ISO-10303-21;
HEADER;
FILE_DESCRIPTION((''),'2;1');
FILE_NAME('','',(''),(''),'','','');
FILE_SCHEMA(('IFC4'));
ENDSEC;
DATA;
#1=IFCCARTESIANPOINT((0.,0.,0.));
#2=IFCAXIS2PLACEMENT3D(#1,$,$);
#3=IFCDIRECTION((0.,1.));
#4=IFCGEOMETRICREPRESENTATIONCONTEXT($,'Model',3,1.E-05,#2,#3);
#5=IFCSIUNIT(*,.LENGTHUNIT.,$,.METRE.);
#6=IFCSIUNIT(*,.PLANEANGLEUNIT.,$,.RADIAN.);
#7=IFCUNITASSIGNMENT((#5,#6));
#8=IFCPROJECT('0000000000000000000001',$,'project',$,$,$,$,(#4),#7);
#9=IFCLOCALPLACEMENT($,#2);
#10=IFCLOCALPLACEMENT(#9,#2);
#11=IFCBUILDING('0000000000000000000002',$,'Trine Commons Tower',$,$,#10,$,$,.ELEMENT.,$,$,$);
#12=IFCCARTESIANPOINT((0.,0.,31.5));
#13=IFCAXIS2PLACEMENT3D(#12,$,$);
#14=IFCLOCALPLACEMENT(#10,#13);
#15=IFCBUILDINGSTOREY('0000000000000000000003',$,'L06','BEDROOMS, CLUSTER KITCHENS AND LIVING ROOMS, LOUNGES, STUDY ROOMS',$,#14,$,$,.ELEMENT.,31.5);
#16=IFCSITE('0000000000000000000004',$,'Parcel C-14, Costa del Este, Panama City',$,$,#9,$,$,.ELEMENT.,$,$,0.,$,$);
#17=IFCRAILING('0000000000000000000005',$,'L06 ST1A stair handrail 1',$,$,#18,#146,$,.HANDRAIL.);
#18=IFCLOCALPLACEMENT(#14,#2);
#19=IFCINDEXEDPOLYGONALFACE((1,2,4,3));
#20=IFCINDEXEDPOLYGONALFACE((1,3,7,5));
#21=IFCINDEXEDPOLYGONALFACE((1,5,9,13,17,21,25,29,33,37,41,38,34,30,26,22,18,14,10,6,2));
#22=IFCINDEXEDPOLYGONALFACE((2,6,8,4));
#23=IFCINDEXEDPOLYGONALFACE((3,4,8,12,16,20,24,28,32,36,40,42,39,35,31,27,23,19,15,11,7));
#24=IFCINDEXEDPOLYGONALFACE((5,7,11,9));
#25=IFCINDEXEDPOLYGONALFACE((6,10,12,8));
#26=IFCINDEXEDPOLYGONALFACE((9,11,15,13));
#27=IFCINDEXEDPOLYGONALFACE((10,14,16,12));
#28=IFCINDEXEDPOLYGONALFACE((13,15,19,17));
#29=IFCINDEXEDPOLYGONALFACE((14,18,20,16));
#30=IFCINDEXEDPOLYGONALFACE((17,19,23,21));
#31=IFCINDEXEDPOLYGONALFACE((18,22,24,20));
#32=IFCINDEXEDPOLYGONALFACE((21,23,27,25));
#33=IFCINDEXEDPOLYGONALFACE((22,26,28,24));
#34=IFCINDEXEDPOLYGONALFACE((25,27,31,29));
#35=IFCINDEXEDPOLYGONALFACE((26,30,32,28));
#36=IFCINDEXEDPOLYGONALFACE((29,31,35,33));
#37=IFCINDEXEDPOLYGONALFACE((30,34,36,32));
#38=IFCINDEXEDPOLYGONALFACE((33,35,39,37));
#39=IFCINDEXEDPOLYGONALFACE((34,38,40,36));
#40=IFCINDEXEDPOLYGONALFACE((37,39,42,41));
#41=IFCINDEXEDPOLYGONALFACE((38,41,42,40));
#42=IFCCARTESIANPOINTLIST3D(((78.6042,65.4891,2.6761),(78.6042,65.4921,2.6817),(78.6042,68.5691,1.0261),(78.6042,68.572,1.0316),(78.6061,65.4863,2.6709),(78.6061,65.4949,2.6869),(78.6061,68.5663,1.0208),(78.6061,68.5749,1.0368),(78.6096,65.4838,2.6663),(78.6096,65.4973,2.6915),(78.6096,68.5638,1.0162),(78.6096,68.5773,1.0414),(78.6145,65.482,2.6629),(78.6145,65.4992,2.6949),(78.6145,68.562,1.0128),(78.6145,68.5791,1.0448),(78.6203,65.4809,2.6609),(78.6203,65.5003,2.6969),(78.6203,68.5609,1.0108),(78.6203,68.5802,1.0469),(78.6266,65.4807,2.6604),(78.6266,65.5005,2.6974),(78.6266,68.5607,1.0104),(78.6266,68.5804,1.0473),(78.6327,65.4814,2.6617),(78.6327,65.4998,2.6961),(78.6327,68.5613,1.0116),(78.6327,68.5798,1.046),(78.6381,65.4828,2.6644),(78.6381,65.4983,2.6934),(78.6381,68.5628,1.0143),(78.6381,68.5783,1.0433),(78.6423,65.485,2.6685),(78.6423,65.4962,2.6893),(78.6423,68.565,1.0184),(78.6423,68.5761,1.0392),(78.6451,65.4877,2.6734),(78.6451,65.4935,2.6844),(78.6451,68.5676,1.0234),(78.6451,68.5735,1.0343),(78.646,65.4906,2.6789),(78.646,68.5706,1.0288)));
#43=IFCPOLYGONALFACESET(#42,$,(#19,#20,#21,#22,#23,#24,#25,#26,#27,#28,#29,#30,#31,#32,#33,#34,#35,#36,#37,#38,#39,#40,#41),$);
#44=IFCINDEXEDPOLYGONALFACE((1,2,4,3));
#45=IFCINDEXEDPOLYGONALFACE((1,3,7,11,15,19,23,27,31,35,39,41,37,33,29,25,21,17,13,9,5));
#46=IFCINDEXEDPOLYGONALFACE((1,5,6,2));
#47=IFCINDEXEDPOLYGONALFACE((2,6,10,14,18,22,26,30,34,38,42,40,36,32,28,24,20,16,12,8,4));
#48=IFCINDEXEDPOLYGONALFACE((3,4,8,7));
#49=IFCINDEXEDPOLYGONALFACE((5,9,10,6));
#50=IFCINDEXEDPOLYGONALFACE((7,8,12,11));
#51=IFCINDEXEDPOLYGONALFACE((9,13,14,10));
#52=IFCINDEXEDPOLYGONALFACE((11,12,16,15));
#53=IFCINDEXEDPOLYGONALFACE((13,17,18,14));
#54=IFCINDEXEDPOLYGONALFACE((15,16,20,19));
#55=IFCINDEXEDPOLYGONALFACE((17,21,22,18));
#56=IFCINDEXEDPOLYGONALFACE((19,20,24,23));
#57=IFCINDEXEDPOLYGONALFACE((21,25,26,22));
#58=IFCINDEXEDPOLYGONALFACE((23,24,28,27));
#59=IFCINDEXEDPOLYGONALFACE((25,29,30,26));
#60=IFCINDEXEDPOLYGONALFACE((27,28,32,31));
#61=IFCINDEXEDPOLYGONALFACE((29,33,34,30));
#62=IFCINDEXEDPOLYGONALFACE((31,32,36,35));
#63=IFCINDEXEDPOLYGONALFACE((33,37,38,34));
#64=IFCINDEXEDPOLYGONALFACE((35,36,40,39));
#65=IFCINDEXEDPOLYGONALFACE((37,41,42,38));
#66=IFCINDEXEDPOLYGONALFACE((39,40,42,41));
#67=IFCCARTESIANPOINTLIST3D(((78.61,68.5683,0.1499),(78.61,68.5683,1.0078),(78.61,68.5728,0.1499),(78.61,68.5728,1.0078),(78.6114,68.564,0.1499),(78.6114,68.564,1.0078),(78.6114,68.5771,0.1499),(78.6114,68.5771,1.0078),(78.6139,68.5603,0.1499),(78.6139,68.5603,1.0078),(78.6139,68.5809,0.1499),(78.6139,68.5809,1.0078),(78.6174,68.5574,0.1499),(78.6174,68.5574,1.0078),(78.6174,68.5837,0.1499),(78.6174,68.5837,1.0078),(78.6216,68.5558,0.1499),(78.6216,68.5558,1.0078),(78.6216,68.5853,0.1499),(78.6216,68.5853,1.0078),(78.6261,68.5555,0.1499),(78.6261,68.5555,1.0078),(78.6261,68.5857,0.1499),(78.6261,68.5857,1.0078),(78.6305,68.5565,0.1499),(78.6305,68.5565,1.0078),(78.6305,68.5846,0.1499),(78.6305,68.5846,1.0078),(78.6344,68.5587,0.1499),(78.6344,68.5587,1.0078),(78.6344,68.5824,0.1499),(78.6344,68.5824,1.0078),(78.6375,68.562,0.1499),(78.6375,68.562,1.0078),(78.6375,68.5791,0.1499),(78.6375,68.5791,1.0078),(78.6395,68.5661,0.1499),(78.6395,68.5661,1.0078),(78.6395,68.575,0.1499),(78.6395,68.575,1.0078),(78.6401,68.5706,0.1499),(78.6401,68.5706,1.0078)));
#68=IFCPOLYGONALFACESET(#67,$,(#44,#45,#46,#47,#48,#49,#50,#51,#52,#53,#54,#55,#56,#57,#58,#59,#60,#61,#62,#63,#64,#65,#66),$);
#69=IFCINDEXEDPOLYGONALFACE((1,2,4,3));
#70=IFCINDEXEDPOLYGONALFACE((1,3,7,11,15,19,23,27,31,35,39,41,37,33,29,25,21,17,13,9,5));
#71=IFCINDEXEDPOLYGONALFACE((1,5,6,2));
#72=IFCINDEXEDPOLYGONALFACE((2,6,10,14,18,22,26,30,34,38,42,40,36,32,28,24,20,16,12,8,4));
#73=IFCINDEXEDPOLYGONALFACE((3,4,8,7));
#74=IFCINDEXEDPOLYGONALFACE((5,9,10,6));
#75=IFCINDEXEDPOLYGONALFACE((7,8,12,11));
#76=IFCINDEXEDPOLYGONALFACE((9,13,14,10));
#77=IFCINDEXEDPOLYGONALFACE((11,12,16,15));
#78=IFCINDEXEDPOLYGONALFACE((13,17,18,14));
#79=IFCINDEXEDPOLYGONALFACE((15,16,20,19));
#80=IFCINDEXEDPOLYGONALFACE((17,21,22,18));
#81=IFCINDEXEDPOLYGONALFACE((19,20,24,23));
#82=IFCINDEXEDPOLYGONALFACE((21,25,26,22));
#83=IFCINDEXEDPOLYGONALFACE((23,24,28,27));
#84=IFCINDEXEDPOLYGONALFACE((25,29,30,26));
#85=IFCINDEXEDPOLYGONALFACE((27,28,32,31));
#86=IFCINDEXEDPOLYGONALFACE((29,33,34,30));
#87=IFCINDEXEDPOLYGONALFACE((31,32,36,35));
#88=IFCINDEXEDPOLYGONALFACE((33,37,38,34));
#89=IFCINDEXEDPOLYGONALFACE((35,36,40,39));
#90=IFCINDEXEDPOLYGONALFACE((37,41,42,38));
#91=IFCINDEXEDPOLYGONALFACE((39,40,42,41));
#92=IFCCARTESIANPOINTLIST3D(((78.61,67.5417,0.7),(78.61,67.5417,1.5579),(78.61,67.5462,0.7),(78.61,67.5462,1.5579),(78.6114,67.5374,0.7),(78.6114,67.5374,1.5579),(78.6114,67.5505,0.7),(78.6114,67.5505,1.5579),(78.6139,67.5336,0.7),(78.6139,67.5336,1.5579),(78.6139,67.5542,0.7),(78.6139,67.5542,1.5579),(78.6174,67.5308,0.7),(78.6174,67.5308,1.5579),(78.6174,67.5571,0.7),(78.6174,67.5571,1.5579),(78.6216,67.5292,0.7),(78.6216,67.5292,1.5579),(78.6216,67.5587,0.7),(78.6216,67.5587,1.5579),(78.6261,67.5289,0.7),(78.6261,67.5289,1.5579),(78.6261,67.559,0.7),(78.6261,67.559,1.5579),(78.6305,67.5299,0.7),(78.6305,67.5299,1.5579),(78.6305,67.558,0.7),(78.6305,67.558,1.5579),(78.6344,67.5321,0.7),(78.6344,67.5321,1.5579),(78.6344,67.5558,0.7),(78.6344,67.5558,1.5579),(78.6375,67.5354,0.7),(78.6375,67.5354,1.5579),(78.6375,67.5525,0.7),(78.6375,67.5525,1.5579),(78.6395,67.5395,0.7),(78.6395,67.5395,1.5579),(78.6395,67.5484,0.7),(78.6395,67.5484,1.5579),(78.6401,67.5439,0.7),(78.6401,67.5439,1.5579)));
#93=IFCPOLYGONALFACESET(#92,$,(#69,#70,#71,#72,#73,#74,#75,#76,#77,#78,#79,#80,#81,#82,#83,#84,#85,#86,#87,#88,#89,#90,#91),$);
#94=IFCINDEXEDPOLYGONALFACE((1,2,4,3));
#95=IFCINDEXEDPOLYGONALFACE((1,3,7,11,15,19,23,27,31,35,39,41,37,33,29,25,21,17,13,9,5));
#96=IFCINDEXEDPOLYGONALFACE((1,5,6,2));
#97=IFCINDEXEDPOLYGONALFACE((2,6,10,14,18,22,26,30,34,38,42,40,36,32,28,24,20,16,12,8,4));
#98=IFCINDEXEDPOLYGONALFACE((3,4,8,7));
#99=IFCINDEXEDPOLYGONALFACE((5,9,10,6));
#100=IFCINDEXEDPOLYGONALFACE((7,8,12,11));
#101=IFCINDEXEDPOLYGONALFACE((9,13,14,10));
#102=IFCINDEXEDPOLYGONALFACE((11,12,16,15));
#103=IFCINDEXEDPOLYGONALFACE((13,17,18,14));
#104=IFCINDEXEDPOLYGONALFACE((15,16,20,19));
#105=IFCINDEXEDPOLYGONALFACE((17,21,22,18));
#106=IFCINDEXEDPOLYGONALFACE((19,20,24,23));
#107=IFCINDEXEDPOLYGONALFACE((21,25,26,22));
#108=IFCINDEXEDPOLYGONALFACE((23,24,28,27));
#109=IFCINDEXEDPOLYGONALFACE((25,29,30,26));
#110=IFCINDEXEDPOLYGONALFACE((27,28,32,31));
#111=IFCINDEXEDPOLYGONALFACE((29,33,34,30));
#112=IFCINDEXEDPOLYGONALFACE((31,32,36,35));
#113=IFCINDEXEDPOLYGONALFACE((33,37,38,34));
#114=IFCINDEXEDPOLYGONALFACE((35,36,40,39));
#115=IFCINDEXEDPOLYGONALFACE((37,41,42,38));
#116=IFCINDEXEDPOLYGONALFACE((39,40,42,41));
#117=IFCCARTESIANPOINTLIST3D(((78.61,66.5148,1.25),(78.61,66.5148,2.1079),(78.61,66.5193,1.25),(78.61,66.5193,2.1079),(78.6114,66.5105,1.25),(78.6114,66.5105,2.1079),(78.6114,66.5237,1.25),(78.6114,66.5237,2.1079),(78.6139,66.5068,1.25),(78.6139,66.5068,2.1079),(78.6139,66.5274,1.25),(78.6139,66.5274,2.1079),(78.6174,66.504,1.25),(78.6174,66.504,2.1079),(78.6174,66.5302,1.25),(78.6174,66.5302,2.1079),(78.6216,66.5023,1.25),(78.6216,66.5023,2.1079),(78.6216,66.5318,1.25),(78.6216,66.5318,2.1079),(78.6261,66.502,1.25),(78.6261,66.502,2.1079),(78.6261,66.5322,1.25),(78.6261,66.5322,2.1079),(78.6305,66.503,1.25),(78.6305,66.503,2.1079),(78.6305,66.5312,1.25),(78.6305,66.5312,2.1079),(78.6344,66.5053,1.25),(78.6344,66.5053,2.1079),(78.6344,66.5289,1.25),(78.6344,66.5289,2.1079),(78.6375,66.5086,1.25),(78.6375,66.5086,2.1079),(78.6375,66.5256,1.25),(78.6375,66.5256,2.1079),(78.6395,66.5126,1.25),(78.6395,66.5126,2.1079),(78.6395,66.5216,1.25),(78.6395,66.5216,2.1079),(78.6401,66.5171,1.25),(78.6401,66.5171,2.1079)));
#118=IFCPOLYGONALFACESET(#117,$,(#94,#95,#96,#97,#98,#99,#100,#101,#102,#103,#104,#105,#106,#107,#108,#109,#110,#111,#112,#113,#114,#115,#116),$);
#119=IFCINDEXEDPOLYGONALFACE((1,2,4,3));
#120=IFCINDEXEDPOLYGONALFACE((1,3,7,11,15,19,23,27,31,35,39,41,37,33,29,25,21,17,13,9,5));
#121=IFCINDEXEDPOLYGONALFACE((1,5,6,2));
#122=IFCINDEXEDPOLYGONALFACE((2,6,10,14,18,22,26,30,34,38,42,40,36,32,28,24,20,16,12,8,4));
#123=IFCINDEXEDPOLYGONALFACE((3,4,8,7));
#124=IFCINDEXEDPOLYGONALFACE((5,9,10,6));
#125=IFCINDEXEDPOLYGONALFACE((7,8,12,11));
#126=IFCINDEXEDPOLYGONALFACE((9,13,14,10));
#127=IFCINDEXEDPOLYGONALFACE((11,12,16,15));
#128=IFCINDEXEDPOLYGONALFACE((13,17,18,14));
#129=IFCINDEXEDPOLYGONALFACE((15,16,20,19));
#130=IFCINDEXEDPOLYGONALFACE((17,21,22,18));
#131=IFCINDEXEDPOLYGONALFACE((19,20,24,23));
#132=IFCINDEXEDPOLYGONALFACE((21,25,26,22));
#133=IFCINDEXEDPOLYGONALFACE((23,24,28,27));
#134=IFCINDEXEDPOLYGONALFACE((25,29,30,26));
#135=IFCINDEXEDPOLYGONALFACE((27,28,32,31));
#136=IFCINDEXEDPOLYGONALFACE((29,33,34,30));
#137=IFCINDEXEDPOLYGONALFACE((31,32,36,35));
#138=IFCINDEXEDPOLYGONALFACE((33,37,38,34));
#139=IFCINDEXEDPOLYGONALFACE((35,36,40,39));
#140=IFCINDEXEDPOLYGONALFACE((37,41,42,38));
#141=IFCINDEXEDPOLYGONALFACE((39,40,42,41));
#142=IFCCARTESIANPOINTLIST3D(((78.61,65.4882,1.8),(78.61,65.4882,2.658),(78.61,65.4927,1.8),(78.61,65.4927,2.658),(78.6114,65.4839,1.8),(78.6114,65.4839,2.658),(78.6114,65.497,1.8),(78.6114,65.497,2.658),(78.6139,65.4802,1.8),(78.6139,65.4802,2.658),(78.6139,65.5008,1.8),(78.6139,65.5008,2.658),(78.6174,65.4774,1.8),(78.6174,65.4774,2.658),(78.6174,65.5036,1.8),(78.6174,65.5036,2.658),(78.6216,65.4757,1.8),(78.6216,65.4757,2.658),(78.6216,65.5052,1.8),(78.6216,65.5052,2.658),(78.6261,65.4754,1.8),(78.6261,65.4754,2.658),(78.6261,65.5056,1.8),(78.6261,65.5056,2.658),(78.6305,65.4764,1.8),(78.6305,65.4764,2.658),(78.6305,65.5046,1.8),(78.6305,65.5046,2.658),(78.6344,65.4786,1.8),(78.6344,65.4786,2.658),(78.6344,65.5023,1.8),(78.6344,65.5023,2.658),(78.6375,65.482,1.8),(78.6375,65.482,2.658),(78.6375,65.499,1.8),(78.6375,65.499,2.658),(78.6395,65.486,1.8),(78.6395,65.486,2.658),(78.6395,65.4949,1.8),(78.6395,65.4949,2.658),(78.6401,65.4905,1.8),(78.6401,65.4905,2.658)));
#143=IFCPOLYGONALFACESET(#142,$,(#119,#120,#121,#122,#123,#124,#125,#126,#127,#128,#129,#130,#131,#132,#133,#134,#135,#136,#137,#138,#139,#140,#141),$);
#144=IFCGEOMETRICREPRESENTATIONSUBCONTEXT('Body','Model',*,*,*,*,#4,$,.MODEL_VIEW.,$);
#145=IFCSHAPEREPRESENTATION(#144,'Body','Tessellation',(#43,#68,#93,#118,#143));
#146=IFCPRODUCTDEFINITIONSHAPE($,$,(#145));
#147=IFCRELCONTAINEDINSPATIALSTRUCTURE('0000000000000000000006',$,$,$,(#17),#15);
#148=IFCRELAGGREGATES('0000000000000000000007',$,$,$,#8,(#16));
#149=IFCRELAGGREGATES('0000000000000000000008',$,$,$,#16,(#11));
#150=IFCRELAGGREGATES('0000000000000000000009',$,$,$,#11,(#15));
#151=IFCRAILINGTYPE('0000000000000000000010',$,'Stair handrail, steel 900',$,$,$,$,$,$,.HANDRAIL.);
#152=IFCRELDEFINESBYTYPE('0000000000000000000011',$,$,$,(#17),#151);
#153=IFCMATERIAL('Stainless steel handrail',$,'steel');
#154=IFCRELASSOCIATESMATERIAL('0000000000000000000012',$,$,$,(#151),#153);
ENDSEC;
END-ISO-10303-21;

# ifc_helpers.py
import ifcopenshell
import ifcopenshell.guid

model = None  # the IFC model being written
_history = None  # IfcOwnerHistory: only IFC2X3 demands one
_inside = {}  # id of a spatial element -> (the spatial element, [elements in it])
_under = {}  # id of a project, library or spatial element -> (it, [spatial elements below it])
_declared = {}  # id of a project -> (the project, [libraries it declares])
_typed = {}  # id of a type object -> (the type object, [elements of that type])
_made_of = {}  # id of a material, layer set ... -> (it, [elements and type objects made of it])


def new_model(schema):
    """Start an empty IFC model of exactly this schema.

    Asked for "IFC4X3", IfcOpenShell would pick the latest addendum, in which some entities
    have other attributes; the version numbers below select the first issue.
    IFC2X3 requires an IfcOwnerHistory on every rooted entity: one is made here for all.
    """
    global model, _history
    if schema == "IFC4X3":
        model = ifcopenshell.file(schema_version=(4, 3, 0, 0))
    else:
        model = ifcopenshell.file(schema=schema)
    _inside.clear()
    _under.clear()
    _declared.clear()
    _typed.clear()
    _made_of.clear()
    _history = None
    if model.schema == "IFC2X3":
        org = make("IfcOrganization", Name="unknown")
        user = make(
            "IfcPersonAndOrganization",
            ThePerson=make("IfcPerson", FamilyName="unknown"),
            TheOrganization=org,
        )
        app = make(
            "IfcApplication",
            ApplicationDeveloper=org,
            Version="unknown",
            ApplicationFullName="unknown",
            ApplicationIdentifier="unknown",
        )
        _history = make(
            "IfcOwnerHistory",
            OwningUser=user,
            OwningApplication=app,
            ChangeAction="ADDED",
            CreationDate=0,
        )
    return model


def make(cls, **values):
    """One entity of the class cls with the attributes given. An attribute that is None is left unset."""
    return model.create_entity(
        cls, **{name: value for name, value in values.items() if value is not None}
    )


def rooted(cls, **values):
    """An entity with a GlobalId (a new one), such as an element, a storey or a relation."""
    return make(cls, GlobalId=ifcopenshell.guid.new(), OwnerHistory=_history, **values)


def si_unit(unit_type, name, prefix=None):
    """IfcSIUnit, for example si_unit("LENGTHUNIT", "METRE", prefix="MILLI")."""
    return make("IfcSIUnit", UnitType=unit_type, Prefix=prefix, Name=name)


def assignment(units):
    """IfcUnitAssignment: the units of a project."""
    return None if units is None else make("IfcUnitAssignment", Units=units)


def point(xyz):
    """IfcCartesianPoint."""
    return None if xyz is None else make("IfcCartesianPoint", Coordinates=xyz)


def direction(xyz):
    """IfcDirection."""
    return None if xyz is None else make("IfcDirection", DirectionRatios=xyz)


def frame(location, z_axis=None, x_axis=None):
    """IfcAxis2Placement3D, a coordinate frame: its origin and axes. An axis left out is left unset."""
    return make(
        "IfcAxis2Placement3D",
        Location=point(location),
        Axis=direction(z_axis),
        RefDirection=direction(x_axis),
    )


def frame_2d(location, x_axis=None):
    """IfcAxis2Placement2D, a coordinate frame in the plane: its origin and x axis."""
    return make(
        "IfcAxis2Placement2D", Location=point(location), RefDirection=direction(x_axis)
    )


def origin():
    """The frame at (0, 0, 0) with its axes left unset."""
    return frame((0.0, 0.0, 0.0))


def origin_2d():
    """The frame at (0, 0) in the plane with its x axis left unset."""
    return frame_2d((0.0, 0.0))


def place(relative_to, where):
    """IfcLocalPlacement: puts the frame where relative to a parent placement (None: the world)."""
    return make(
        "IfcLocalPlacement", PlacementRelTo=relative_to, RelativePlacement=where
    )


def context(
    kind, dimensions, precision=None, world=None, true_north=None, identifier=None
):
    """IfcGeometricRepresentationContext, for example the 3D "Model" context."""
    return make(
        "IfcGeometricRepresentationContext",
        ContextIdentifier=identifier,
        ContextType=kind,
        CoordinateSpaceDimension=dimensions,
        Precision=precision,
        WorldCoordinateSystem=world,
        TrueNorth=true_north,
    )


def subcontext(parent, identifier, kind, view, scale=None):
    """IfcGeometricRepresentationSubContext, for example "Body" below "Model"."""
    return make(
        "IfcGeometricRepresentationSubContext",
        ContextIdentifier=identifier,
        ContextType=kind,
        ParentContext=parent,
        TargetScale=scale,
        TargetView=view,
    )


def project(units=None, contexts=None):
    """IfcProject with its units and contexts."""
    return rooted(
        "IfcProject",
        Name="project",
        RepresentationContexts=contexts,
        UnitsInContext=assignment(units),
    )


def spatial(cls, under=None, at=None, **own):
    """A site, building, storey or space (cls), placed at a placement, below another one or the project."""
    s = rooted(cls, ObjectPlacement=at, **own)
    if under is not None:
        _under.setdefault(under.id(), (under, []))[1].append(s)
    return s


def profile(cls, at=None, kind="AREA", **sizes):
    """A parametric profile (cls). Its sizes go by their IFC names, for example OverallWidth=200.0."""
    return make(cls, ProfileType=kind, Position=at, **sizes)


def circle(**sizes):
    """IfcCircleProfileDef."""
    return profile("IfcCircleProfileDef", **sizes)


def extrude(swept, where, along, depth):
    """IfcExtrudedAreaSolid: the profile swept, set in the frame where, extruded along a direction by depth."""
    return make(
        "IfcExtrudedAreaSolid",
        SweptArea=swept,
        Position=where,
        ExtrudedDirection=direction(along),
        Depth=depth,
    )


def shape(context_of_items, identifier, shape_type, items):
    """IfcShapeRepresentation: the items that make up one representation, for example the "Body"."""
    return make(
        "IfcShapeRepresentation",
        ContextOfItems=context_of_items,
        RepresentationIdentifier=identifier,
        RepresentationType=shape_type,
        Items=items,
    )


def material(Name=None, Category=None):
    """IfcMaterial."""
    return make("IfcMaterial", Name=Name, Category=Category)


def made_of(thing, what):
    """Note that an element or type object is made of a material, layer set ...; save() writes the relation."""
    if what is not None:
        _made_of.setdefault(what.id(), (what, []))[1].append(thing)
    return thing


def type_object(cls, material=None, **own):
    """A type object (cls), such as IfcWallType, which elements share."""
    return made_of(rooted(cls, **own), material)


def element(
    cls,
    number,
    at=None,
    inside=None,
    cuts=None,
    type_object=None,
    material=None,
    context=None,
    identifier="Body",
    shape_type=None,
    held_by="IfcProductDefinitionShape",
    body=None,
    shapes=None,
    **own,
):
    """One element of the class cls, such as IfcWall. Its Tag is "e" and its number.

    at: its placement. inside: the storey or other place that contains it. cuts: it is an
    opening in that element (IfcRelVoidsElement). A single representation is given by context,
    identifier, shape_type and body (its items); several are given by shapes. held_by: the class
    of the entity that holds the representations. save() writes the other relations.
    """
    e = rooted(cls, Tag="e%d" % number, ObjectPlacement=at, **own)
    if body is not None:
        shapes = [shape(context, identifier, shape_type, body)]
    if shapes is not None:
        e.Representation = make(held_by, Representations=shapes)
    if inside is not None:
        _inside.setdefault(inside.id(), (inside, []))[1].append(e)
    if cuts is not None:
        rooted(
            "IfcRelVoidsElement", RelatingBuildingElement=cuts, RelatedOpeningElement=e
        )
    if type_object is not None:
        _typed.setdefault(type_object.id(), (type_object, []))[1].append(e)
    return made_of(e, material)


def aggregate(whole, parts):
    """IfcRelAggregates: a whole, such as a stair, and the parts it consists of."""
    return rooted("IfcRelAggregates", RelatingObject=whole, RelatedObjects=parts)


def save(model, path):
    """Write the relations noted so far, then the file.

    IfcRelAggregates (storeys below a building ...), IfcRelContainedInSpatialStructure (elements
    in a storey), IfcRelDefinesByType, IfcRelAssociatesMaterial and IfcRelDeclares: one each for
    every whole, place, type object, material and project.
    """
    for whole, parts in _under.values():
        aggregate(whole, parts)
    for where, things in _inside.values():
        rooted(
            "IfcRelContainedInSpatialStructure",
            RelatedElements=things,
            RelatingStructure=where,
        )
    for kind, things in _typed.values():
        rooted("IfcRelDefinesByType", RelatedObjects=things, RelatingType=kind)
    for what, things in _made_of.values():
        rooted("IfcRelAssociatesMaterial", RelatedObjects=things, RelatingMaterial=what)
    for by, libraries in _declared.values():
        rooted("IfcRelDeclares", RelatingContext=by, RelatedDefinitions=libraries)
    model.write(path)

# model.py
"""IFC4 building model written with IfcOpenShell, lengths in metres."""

from ifc_helpers import new_model, si_unit, direction, frame, origin, origin_2d, place, context, subcontext, project, spatial, circle, extrude, material, type_object, element, save


model = new_model("IFC4")

# Units and contexts
model_context = context("Model", 3, precision=1e-05, world=origin(), true_north=direction((0.0, 1.0)))
body_context = subcontext(model_context, "Body", "Model", "MODEL_VIEW")
ifc_project = project(units=[si_unit("LENGTHUNIT", "METRE"), si_unit("PLANEANGLEUNIT", "RADIAN")], contexts=[model_context])

# Site, building, storey
site_placement = place(None, origin())
site = spatial("IfcSite", under=ifc_project, at=site_placement, Name="Parcel C-14, Costa del Este, Panama City", CompositionType="ELEMENT", RefElevation=0.0)
building_placement = place(site_placement, origin())
building = spatial("IfcBuilding", under=site, at=building_placement, Name="Trine Commons Tower", CompositionType="ELEMENT")
storey_placement = place(building_placement, frame((0.0, 0.0, 31.5)))
storey = spatial("IfcBuildingStorey", under=building, at=storey_placement, Name="L06", Description="BEDROOMS, CLUSTER KITCHENS AND LIVING ROOMS, LOUNGES, STUDY ROOMS", CompositionType="ELEMENT", Elevation=31.5)

# Railing
ifc_material_1 = material(Name="Stainless steel handrail", Category="steel")
railing_type_1 = type_object("IfcRailingType", Name="Stair handrail, steel 900", PredefinedType="HANDRAIL", material=ifc_material_1)
railing_1_placement = place(storey_placement, frame((78.625, 68.5706, 0.1499)))
element("IfcRailing", 1, at=railing_1_placement, inside=storey, type_object=railing_type_1, Name="L06 ST1A stair handrail 1", PredefinedType="HANDRAIL", context=body_context, shape_type="SweptSolid", body=[
    extrude(circle(Radius=0.021, at=origin_2d()), frame((0.0, 0.0, 0.8789), z_axis=(0.0, -0.881468, 0.472245), x_axis=(1.0, 0.0, 0.0)), (0.0, 0.0, 1.0), 3.4941),
    extrude(circle(Radius=0.0151, at=origin_2d()), origin(), (0.0, 0.0, 1.0), 0.8579),
    extrude(circle(Radius=0.0151, at=origin_2d()), frame((0.0, -1.0266, 0.55)), (0.0, 0.0, 1.0), 0.8579),
    extrude(circle(Radius=0.0151, at=origin_2d()), frame((0.0, -2.0535, 1.1001)), (0.0, 0.0, 1.0), 0.8579),
    extrude(circle(Radius=0.0151, at=origin_2d()), frame((0.0, -3.0801, 1.6501)), (0.0, 0.0, 1.0), 0.8579),
])

save(model, "model.ifc")
